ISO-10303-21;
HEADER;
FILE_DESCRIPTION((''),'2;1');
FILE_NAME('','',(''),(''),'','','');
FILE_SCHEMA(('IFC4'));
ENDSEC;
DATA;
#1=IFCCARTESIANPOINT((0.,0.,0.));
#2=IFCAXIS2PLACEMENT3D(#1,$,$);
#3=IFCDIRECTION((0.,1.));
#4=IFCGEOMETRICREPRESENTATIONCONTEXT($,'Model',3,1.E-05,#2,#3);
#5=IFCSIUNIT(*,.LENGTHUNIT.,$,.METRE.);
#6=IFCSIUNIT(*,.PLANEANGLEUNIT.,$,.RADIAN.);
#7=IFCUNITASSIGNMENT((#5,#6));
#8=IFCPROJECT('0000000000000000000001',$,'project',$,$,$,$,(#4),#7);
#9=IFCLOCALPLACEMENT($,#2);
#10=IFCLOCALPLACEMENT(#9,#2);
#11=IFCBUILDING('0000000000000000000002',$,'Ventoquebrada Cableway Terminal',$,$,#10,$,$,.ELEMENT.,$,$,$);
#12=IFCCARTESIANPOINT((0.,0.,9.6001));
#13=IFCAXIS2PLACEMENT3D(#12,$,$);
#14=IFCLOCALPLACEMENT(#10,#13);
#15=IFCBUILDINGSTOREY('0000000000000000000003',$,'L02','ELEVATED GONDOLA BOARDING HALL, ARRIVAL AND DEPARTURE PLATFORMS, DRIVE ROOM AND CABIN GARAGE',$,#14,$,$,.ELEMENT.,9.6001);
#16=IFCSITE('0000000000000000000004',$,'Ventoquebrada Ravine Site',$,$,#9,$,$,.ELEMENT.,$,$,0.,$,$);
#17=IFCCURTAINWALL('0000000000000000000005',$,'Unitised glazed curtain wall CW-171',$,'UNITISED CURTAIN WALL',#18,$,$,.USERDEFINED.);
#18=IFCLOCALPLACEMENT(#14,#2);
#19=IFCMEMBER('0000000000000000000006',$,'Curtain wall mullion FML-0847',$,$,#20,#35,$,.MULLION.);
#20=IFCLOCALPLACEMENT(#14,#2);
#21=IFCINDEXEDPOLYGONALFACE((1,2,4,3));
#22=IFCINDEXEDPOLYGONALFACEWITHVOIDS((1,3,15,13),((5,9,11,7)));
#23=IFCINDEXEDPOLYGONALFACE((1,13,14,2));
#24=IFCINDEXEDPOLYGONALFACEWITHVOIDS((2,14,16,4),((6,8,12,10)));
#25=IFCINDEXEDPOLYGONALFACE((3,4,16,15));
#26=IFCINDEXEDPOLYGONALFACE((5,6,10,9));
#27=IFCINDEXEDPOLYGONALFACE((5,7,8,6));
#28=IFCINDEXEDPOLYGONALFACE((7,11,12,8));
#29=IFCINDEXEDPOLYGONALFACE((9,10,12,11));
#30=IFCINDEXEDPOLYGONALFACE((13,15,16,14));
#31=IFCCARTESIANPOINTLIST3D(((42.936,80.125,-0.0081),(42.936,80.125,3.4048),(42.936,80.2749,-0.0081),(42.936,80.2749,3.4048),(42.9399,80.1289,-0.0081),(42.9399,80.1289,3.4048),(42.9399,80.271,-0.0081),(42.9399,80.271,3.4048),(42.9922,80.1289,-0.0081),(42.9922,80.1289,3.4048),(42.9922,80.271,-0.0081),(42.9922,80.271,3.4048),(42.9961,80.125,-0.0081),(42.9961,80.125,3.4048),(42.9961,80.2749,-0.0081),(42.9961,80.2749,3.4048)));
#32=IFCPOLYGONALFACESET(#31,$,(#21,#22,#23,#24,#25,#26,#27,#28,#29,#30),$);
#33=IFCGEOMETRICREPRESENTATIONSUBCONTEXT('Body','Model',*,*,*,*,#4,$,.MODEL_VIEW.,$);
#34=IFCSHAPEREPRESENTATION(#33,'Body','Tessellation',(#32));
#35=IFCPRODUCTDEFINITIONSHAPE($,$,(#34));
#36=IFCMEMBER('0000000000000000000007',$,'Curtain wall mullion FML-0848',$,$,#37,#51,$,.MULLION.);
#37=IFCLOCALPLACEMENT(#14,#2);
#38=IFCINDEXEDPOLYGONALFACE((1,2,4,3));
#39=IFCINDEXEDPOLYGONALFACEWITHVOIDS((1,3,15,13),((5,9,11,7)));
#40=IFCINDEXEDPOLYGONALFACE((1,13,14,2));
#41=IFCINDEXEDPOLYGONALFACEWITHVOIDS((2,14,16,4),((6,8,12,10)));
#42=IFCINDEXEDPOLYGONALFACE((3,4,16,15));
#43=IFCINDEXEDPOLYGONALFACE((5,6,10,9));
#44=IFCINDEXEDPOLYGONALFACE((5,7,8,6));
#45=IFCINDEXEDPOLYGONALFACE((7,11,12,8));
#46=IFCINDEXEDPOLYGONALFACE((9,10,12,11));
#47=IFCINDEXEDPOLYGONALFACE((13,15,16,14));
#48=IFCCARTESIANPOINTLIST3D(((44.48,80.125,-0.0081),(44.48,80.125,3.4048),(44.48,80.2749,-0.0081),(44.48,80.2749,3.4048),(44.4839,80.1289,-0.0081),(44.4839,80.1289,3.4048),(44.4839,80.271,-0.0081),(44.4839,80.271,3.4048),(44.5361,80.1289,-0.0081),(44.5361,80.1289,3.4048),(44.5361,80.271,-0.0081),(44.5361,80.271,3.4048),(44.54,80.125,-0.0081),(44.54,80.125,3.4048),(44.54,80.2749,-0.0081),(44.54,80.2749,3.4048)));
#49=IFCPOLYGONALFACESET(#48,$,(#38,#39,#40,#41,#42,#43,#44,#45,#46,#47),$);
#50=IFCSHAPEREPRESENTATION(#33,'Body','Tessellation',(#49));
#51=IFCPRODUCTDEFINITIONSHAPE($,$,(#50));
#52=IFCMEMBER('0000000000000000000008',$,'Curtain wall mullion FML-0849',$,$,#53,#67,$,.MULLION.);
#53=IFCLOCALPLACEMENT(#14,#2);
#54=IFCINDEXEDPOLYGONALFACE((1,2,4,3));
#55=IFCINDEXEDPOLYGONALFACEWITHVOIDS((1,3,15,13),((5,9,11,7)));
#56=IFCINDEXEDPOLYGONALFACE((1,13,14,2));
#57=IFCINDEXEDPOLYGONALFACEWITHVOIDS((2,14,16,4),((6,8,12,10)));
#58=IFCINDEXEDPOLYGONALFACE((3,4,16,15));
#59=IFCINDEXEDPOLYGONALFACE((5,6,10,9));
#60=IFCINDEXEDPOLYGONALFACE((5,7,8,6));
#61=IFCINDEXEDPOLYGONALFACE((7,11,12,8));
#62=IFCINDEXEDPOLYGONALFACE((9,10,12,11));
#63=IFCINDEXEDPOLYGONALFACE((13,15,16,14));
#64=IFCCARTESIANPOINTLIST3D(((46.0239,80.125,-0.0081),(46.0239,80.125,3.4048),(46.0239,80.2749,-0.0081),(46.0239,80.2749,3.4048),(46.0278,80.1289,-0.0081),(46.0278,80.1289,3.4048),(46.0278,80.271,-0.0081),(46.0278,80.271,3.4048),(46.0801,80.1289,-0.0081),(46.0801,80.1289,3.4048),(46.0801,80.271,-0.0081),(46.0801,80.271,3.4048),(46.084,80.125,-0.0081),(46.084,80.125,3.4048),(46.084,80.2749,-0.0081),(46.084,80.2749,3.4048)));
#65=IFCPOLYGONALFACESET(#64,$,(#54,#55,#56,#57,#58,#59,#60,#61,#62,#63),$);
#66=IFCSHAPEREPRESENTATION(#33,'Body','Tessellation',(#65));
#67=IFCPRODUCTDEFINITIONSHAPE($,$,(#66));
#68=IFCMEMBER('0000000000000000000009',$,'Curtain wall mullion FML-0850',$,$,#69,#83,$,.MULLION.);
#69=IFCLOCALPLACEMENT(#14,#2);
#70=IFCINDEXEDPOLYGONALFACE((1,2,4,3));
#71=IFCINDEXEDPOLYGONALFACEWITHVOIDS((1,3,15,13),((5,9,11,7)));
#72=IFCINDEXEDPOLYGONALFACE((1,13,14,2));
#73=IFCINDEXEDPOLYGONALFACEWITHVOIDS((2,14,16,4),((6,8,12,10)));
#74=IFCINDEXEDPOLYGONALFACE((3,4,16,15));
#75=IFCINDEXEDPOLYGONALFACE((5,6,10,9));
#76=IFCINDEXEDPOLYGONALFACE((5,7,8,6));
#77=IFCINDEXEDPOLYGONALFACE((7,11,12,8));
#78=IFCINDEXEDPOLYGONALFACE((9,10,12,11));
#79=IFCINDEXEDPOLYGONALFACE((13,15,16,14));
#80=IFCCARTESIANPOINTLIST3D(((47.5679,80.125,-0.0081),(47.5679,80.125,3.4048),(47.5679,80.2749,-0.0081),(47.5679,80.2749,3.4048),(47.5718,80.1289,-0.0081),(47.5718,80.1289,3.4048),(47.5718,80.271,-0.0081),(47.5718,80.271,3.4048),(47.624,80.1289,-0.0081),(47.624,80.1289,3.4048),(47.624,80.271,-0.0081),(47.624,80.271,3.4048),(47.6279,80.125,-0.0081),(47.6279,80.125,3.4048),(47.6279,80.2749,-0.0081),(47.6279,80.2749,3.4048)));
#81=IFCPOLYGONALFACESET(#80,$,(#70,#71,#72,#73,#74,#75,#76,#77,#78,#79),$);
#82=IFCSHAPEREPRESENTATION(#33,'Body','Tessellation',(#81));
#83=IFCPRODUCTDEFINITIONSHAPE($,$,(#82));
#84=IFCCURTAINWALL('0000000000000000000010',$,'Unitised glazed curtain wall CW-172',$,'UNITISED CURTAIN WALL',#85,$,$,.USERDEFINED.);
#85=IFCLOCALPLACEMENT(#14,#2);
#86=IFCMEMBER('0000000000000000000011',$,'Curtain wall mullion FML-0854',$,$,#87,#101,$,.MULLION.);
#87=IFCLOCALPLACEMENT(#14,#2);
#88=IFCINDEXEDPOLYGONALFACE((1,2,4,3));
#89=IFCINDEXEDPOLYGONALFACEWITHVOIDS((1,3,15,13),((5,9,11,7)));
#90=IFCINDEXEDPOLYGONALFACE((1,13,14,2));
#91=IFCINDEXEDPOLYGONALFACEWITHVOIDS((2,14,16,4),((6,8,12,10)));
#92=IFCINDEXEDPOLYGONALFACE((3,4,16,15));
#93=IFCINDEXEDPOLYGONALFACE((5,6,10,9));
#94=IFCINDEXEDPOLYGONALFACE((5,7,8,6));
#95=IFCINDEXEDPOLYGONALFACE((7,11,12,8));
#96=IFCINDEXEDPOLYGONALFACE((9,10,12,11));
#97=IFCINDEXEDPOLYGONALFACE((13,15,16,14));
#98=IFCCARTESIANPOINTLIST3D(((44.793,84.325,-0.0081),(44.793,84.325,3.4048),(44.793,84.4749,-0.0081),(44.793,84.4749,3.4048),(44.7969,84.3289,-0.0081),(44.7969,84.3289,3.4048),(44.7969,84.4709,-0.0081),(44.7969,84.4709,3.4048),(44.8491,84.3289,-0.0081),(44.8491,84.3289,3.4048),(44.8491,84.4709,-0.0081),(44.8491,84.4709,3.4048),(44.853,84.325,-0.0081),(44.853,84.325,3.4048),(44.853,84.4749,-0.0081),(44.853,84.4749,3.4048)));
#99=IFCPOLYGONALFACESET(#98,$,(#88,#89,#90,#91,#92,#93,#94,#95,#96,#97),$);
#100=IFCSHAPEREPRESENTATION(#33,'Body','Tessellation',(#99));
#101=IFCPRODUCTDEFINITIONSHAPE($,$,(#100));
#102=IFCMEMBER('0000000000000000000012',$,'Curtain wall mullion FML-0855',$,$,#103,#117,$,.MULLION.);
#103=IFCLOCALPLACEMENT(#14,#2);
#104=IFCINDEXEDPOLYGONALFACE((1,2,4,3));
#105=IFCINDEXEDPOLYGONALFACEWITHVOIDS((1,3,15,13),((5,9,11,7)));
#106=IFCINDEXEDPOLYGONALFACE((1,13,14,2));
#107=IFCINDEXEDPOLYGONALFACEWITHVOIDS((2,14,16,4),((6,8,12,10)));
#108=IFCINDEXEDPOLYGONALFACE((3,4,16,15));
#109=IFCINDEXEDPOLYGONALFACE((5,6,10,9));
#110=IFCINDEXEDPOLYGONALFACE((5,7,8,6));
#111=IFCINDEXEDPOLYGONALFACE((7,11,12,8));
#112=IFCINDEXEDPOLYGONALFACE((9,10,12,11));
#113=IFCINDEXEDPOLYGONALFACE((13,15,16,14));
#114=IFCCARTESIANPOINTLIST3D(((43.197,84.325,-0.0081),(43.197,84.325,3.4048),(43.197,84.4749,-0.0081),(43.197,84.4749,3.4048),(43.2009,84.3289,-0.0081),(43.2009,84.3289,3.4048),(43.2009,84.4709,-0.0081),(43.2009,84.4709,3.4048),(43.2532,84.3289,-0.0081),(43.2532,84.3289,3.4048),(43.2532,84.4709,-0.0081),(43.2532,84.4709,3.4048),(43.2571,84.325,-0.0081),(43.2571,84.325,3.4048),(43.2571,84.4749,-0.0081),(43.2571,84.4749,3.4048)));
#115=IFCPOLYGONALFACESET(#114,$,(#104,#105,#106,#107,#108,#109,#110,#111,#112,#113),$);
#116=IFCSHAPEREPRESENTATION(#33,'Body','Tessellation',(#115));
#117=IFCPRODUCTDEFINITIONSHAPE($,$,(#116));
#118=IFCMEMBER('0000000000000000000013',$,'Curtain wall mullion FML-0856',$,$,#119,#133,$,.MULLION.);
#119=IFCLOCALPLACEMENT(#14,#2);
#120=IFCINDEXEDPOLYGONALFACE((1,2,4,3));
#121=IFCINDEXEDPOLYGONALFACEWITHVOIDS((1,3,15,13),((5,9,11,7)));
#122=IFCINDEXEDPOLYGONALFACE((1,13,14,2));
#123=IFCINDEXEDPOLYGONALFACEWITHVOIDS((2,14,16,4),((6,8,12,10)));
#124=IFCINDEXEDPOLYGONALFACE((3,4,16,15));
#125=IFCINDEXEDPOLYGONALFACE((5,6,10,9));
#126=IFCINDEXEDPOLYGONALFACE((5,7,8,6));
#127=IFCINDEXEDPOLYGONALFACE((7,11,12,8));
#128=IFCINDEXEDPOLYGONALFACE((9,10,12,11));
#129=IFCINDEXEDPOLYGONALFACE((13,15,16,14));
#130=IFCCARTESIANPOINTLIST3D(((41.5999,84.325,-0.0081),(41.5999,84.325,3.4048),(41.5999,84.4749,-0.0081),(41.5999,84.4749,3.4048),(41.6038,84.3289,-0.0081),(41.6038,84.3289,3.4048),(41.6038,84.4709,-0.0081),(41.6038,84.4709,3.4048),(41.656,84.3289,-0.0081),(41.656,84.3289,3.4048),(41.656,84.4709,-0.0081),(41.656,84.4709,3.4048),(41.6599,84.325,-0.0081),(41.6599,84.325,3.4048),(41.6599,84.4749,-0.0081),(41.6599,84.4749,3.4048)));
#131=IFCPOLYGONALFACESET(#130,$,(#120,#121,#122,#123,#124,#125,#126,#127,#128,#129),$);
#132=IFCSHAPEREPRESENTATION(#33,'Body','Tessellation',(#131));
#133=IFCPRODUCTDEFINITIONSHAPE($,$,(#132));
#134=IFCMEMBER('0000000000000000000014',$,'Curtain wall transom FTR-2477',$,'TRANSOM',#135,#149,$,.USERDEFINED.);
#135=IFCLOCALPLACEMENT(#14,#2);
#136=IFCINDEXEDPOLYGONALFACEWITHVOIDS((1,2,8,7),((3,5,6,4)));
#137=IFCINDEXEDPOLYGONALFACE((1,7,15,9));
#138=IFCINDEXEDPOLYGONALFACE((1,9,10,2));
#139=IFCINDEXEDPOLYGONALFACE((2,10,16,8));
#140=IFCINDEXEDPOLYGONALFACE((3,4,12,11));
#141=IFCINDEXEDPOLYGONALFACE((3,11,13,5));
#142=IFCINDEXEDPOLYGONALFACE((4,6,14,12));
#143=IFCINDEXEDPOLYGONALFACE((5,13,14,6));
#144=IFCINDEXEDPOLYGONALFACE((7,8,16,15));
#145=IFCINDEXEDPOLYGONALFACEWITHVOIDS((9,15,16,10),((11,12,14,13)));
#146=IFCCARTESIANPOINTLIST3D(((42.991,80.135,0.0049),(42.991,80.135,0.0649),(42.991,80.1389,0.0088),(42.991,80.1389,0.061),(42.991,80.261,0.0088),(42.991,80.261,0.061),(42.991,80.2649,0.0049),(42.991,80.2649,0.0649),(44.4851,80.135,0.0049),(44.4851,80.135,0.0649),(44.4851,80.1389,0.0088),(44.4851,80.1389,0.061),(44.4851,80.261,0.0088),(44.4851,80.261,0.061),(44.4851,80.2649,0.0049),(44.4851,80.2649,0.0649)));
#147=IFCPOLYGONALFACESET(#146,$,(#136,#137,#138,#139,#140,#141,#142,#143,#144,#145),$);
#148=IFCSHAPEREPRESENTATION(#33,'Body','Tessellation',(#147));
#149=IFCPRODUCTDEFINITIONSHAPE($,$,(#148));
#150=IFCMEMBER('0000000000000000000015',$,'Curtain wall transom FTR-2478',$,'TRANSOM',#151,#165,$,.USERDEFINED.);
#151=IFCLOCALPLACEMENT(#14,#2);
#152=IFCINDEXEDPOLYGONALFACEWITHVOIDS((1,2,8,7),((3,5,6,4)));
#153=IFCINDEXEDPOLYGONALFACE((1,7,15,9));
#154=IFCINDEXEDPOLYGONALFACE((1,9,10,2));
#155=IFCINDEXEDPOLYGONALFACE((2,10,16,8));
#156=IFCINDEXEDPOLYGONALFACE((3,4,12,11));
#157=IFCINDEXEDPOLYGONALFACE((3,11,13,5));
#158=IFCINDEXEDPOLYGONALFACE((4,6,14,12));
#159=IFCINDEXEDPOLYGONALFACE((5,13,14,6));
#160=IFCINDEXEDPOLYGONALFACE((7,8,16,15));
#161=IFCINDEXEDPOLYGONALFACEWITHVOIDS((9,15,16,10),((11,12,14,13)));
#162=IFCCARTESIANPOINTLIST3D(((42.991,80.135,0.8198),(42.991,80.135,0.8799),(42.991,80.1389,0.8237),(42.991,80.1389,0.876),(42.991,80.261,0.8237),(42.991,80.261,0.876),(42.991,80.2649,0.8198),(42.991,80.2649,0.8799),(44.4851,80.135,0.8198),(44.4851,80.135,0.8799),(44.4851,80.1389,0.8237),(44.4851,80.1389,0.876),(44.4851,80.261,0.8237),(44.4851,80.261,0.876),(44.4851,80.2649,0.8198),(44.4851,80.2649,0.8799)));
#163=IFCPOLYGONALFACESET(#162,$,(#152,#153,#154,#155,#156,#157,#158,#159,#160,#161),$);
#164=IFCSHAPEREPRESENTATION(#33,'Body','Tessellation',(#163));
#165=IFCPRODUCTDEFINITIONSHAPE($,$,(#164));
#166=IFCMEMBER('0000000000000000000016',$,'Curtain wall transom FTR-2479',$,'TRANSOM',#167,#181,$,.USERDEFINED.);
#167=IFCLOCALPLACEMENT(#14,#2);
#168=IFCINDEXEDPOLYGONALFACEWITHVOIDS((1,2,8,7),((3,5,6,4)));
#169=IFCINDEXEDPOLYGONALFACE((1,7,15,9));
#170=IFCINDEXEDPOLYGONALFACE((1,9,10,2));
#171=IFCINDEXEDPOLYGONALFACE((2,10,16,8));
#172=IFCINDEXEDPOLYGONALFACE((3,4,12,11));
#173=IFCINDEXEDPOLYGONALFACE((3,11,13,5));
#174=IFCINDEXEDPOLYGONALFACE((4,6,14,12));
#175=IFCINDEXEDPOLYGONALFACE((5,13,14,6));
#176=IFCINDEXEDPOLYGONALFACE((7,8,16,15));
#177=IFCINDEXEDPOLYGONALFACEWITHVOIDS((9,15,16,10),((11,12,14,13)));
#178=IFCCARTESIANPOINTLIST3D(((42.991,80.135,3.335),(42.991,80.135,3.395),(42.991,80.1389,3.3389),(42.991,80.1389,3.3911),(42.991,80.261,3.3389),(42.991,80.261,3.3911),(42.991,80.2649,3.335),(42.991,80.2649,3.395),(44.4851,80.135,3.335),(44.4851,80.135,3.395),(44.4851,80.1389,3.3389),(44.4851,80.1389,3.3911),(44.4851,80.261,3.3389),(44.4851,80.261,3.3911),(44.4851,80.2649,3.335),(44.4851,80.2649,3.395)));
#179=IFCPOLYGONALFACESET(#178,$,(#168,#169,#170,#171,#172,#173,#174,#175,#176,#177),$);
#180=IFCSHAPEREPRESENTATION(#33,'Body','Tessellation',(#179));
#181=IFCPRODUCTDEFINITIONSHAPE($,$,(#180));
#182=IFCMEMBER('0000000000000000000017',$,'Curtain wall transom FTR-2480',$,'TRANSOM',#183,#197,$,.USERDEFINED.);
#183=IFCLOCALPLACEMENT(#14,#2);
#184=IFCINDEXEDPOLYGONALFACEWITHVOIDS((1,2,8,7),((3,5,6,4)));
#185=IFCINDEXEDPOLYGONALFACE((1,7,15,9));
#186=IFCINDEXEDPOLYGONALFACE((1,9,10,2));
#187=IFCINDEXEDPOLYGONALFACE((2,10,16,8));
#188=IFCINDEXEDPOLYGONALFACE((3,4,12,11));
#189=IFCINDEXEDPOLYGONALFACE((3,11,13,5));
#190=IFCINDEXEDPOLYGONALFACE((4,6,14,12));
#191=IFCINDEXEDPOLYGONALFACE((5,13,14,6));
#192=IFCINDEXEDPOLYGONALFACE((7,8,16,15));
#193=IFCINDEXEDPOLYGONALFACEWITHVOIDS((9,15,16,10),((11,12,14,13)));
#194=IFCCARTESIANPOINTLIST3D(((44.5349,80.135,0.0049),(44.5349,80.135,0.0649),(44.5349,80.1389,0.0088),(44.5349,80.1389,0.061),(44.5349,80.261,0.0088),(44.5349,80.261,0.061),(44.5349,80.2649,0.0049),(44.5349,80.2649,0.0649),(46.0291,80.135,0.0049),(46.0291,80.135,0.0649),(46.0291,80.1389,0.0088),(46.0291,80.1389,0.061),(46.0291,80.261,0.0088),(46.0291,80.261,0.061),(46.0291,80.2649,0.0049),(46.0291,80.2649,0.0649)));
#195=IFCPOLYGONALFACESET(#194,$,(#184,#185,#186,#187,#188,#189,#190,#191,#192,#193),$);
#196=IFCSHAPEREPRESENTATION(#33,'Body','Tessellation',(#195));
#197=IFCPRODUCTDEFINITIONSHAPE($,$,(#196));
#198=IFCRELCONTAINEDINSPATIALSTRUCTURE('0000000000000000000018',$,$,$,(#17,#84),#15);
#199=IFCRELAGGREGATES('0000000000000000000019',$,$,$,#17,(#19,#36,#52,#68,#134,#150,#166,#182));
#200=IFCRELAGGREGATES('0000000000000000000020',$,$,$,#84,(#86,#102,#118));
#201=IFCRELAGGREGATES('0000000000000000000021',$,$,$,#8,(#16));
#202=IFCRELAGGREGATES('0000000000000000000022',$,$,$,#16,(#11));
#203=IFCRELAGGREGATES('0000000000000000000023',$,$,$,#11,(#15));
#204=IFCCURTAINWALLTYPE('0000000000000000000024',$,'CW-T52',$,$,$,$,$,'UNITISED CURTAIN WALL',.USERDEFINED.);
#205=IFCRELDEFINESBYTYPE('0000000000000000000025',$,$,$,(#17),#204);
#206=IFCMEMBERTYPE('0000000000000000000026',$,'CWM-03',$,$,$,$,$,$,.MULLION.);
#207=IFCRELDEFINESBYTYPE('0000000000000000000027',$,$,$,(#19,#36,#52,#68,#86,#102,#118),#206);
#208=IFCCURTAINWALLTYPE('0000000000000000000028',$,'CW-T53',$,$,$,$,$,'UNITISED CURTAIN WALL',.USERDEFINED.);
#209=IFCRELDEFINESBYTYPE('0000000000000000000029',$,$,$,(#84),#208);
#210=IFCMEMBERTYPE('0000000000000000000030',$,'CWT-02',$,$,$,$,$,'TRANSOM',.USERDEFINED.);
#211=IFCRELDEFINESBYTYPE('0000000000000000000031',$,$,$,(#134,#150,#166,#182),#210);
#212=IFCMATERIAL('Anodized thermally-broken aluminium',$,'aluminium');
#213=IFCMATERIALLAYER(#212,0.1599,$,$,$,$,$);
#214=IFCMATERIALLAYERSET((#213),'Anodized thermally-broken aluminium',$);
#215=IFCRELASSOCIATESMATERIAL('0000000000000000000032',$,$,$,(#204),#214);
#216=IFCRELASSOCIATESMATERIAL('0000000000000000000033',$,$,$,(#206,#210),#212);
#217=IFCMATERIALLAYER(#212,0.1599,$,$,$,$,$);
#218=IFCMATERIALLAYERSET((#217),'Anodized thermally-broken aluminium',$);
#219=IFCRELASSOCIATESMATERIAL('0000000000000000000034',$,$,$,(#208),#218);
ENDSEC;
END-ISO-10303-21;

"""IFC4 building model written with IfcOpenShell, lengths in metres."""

from ifc_helpers import new_model, si_unit, direction, frame, origin, origin_2d, place, context, subcontext, project, spatial, hollow_rectangle, extrude, material, layer, layer_set, material_profile, profile_set, type_object, element, aggregate, save


model = new_model("IFC4")

# Units and contexts
model_context = context("Model", 3, precision=1e-05, world=origin(), true_north=direction((0.0, 1.0)))
body_context = subcontext(model_context, "Body", "Model", "MODEL_VIEW")
ifc_project = project(units=[si_unit("LENGTHUNIT", "METRE"), si_unit("PLANEANGLEUNIT", "RADIAN")], contexts=[model_context])

# Site, building, storey
site_placement = place(None, origin())
site = spatial("IfcSite", under=ifc_project, at=site_placement, Name="Ventoquebrada Ravine Site", CompositionType="ELEMENT", RefElevation=0.0)
building_placement = place(site_placement, origin())
building = spatial("IfcBuilding", under=site, at=building_placement, Name="Ventoquebrada Cableway Terminal", CompositionType="ELEMENT")
storey_placement = place(building_placement, frame((0.0, 0.0, 9.6001)))
storey = spatial("IfcBuildingStorey", under=building, at=storey_placement, Name="L02", Description="ELEVATED GONDOLA BOARDING HALL, ARRIVAL AND DEPARTURE PLATFORMS, DRIVE ROOM AND CABIN GARAGE", CompositionType="ELEMENT", Elevation=9.6001)

# Curtain walls, members
ifc_material_1 = material(Name="Anodized thermally-broken aluminium", Category="aluminium")
ifc_layer_1 = layer(ifc_material_1, 0.1599)
ifc_layer_set_1 = layer_set([ifc_layer_1], Name="Anodized thermally-broken aluminium")
curtain_wall_type_1 = type_object("IfcCurtainWallType", Name="CW-T52", ElementType="UNITISED CURTAIN WALL", PredefinedType="USERDEFINED", material=ifc_layer_set_1)
curtain_wall_1_placement = place(storey_placement, origin())
curtain_wall_1 = element("IfcCurtainWall", 1, at=curtain_wall_1_placement, inside=storey, type_object=curtain_wall_type_1, Name="Unitised glazed curtain wall CW-171", ObjectType="UNITISED CURTAIN WALL", PredefinedType="USERDEFINED")
ifc_material_profile_1 = material_profile(ifc_material_1, hollow_rectangle(XDim=0.0601, YDim=0.1499, WallThickness=0.0039, at=origin_2d()), Name="CW-MUL-60X150")
ifc_profile_set_1 = profile_set([ifc_material_profile_1], Name="Anodized thermally-broken aluminium")
member_type_1 = type_object("IfcMemberType", Name="CWM-03", PredefinedType="MULLION", material=ifc_profile_set_1)
member_1_placement = place(storey_placement, frame((42.9661, 80.2, -0.0081), z_axis=(0.0, 0.0, 1.0), x_axis=(1.0, 0.0, 0.0)))
member_1 = element("IfcMember", 2, at=member_1_placement, type_object=member_type_1, Name="Curtain wall mullion FML-0847", PredefinedType="MULLION", context=body_context, shape_type="SweptSolid", body=[
    extrude(hollow_rectangle(XDim=0.0601, YDim=0.1499, WallThickness=0.0039, at=origin_2d()), origin(), (0.0, 0.0, 1.0), 3.4128),
])
member_2_placement = place(storey_placement, frame((44.51, 80.2, -0.0081), z_axis=(0.0, 0.0, 1.0), x_axis=(1.0, 0.0, 0.0)))
member_2 = element("IfcMember", 3, at=member_2_placement, type_object=member_type_1, Name="Curtain wall mullion FML-0848", PredefinedType="MULLION", context=body_context, shape_type="SweptSolid", body=[
    extrude(hollow_rectangle(XDim=0.0601, YDim=0.1499, WallThickness=0.0039, at=origin_2d()), origin(), (0.0, 0.0, 1.0), 3.4128),
])
member_3_placement = place(storey_placement, frame((46.054, 80.2, -0.0081), z_axis=(0.0, 0.0, 1.0), x_axis=(1.0, 0.0, 0.0)))
member_3 = element("IfcMember", 4, at=member_3_placement, type_object=member_type_1, Name="Curtain wall mullion FML-0849", PredefinedType="MULLION", context=body_context, shape_type="SweptSolid", body=[
    extrude(hollow_rectangle(XDim=0.0601, YDim=0.1499, WallThickness=0.0039, at=origin_2d()), origin(), (0.0, 0.0, 1.0), 3.4128),
])
member_4_placement = place(storey_placement, frame((47.5979, 80.2, -0.0081), z_axis=(0.0, 0.0, 1.0), x_axis=(1.0, 0.0, 0.0)))
member_4 = element("IfcMember", 5, at=member_4_placement, type_object=member_type_1, Name="Curtain wall mullion FML-0850", PredefinedType="MULLION", context=body_context, shape_type="SweptSolid", body=[
    extrude(hollow_rectangle(XDim=0.0601, YDim=0.1499, WallThickness=0.0039, at=origin_2d()), origin(), (0.0, 0.0, 1.0), 3.4128),
])
ifc_layer_2 = layer(ifc_material_1, 0.1599)
ifc_layer_set_2 = layer_set([ifc_layer_2], Name="Anodized thermally-broken aluminium")
curtain_wall_type_2 = type_object("IfcCurtainWallType", Name="CW-T53", ElementType="UNITISED CURTAIN WALL", PredefinedType="USERDEFINED", material=ifc_layer_set_2)
curtain_wall_2_placement = place(storey_placement, origin())
curtain_wall_2 = element("IfcCurtainWall", 6, at=curtain_wall_2_placement, inside=storey, type_object=curtain_wall_type_2, Name="Unitised glazed curtain wall CW-172", ObjectType="UNITISED CURTAIN WALL", PredefinedType="USERDEFINED")
member_5_placement = place(storey_placement, frame((44.823, 84.3999, -0.0081), z_axis=(0.0, 0.0, 1.0), x_axis=(-1.0, 0.0, 0.0)))
member_5 = element("IfcMember", 7, at=member_5_placement, type_object=member_type_1, Name="Curtain wall mullion FML-0854", PredefinedType="MULLION", context=body_context, shape_type="SweptSolid", body=[
    extrude(hollow_rectangle(XDim=0.0601, YDim=0.1499, WallThickness=0.0039, at=origin_2d()), origin(), (0.0, 0.0, 1.0), 3.4128),
])
member_6_placement = place(storey_placement, frame((43.2271, 84.3999, -0.0081), z_axis=(0.0, 0.0, 1.0), x_axis=(-1.0, 0.0, 0.0)))
member_6 = element("IfcMember", 8, at=member_6_placement, type_object=member_type_1, Name="Curtain wall mullion FML-0855", PredefinedType="MULLION", context=body_context, shape_type="SweptSolid", body=[
    extrude(hollow_rectangle(XDim=0.0601, YDim=0.1499, WallThickness=0.0039, at=origin_2d()), origin(), (0.0, 0.0, 1.0), 3.4128),
])
member_7_placement = place(storey_placement, frame((41.6299, 84.3999, -0.0081), z_axis=(0.0, 0.0, 1.0), x_axis=(-1.0, 0.0, 0.0)))
member_7 = element("IfcMember", 9, at=member_7_placement, type_object=member_type_1, Name="Curtain wall mullion FML-0856", PredefinedType="MULLION", context=body_context, shape_type="SweptSolid", body=[
    extrude(hollow_rectangle(XDim=0.0601, YDim=0.1499, WallThickness=0.0039, at=origin_2d()), origin(), (0.0, 0.0, 1.0), 3.4128),
])

# Members
ifc_material_profile_2 = material_profile(ifc_material_1, hollow_rectangle(XDim=0.0601, YDim=0.1299, WallThickness=0.0039, at=origin_2d()), Name="CW-TRN-60X130")
ifc_profile_set_2 = profile_set([ifc_material_profile_2], Name="Anodized thermally-broken aluminium")
member_type_2 = type_object("IfcMemberType", Name="CWT-02", ElementType="TRANSOM", PredefinedType="USERDEFINED", material=ifc_profile_set_2)
member_8_placement = place(storey_placement, frame((42.991, 80.2, 0.0349), z_axis=(1.0, 0.0, 0.0), x_axis=(0.0, 0.0, 1.0)))
member_8 = element("IfcMember", 10, at=member_8_placement, type_object=member_type_2, Name="Curtain wall transom FTR-2477", ObjectType="TRANSOM", PredefinedType="USERDEFINED", context=body_context, shape_type="SweptSolid", body=[
    extrude(hollow_rectangle(XDim=0.0601, YDim=0.1299, WallThickness=0.0039, at=origin_2d()), origin(), (0.0, 0.0, 1.0), 1.4941),
])
member_9_placement = place(storey_placement, frame((42.991, 80.2, 0.8499), z_axis=(1.0, 0.0, 0.0), x_axis=(0.0, 0.0, 1.0)))
member_9 = element("IfcMember", 11, at=member_9_placement, type_object=member_type_2, Name="Curtain wall transom FTR-2478", ObjectType="TRANSOM", PredefinedType="USERDEFINED", context=body_context, shape_type="SweptSolid", body=[
    extrude(hollow_rectangle(XDim=0.0601, YDim=0.1299, WallThickness=0.0039, at=origin_2d()), origin(), (0.0, 0.0, 1.0), 1.4941),
])
member_10_placement = place(storey_placement, frame((42.991, 80.2, 3.365), z_axis=(1.0, 0.0, 0.0), x_axis=(0.0, 0.0, 1.0)))
member_10 = element("IfcMember", 12, at=member_10_placement, type_object=member_type_2, Name="Curtain wall transom FTR-2479", ObjectType="TRANSOM", PredefinedType="USERDEFINED", context=body_context, shape_type="SweptSolid", body=[
    extrude(hollow_rectangle(XDim=0.0601, YDim=0.1299, WallThickness=0.0039, at=origin_2d()), origin(), (0.0, 0.0, 1.0), 1.4941),
])
member_11_placement = place(storey_placement, frame((44.5349, 80.2, 0.0349), z_axis=(1.0, 0.0, 0.0), x_axis=(0.0, 0.0, 1.0)))
member_11 = element("IfcMember", 13, at=member_11_placement, type_object=member_type_2, Name="Curtain wall transom FTR-2480", ObjectType="TRANSOM", PredefinedType="USERDEFINED", context=body_context, shape_type="SweptSolid", body=[
    extrude(hollow_rectangle(XDim=0.0601, YDim=0.1299, WallThickness=0.0039, at=origin_2d()), origin(), (0.0, 0.0, 1.0), 1.4941),
])

aggregate(curtain_wall_1, [member_1, member_2, member_3, member_4, member_8, member_9, member_10, member_11])
aggregate(curtain_wall_2, [member_5, member_6, member_7])

save(model, "model.ifc")
